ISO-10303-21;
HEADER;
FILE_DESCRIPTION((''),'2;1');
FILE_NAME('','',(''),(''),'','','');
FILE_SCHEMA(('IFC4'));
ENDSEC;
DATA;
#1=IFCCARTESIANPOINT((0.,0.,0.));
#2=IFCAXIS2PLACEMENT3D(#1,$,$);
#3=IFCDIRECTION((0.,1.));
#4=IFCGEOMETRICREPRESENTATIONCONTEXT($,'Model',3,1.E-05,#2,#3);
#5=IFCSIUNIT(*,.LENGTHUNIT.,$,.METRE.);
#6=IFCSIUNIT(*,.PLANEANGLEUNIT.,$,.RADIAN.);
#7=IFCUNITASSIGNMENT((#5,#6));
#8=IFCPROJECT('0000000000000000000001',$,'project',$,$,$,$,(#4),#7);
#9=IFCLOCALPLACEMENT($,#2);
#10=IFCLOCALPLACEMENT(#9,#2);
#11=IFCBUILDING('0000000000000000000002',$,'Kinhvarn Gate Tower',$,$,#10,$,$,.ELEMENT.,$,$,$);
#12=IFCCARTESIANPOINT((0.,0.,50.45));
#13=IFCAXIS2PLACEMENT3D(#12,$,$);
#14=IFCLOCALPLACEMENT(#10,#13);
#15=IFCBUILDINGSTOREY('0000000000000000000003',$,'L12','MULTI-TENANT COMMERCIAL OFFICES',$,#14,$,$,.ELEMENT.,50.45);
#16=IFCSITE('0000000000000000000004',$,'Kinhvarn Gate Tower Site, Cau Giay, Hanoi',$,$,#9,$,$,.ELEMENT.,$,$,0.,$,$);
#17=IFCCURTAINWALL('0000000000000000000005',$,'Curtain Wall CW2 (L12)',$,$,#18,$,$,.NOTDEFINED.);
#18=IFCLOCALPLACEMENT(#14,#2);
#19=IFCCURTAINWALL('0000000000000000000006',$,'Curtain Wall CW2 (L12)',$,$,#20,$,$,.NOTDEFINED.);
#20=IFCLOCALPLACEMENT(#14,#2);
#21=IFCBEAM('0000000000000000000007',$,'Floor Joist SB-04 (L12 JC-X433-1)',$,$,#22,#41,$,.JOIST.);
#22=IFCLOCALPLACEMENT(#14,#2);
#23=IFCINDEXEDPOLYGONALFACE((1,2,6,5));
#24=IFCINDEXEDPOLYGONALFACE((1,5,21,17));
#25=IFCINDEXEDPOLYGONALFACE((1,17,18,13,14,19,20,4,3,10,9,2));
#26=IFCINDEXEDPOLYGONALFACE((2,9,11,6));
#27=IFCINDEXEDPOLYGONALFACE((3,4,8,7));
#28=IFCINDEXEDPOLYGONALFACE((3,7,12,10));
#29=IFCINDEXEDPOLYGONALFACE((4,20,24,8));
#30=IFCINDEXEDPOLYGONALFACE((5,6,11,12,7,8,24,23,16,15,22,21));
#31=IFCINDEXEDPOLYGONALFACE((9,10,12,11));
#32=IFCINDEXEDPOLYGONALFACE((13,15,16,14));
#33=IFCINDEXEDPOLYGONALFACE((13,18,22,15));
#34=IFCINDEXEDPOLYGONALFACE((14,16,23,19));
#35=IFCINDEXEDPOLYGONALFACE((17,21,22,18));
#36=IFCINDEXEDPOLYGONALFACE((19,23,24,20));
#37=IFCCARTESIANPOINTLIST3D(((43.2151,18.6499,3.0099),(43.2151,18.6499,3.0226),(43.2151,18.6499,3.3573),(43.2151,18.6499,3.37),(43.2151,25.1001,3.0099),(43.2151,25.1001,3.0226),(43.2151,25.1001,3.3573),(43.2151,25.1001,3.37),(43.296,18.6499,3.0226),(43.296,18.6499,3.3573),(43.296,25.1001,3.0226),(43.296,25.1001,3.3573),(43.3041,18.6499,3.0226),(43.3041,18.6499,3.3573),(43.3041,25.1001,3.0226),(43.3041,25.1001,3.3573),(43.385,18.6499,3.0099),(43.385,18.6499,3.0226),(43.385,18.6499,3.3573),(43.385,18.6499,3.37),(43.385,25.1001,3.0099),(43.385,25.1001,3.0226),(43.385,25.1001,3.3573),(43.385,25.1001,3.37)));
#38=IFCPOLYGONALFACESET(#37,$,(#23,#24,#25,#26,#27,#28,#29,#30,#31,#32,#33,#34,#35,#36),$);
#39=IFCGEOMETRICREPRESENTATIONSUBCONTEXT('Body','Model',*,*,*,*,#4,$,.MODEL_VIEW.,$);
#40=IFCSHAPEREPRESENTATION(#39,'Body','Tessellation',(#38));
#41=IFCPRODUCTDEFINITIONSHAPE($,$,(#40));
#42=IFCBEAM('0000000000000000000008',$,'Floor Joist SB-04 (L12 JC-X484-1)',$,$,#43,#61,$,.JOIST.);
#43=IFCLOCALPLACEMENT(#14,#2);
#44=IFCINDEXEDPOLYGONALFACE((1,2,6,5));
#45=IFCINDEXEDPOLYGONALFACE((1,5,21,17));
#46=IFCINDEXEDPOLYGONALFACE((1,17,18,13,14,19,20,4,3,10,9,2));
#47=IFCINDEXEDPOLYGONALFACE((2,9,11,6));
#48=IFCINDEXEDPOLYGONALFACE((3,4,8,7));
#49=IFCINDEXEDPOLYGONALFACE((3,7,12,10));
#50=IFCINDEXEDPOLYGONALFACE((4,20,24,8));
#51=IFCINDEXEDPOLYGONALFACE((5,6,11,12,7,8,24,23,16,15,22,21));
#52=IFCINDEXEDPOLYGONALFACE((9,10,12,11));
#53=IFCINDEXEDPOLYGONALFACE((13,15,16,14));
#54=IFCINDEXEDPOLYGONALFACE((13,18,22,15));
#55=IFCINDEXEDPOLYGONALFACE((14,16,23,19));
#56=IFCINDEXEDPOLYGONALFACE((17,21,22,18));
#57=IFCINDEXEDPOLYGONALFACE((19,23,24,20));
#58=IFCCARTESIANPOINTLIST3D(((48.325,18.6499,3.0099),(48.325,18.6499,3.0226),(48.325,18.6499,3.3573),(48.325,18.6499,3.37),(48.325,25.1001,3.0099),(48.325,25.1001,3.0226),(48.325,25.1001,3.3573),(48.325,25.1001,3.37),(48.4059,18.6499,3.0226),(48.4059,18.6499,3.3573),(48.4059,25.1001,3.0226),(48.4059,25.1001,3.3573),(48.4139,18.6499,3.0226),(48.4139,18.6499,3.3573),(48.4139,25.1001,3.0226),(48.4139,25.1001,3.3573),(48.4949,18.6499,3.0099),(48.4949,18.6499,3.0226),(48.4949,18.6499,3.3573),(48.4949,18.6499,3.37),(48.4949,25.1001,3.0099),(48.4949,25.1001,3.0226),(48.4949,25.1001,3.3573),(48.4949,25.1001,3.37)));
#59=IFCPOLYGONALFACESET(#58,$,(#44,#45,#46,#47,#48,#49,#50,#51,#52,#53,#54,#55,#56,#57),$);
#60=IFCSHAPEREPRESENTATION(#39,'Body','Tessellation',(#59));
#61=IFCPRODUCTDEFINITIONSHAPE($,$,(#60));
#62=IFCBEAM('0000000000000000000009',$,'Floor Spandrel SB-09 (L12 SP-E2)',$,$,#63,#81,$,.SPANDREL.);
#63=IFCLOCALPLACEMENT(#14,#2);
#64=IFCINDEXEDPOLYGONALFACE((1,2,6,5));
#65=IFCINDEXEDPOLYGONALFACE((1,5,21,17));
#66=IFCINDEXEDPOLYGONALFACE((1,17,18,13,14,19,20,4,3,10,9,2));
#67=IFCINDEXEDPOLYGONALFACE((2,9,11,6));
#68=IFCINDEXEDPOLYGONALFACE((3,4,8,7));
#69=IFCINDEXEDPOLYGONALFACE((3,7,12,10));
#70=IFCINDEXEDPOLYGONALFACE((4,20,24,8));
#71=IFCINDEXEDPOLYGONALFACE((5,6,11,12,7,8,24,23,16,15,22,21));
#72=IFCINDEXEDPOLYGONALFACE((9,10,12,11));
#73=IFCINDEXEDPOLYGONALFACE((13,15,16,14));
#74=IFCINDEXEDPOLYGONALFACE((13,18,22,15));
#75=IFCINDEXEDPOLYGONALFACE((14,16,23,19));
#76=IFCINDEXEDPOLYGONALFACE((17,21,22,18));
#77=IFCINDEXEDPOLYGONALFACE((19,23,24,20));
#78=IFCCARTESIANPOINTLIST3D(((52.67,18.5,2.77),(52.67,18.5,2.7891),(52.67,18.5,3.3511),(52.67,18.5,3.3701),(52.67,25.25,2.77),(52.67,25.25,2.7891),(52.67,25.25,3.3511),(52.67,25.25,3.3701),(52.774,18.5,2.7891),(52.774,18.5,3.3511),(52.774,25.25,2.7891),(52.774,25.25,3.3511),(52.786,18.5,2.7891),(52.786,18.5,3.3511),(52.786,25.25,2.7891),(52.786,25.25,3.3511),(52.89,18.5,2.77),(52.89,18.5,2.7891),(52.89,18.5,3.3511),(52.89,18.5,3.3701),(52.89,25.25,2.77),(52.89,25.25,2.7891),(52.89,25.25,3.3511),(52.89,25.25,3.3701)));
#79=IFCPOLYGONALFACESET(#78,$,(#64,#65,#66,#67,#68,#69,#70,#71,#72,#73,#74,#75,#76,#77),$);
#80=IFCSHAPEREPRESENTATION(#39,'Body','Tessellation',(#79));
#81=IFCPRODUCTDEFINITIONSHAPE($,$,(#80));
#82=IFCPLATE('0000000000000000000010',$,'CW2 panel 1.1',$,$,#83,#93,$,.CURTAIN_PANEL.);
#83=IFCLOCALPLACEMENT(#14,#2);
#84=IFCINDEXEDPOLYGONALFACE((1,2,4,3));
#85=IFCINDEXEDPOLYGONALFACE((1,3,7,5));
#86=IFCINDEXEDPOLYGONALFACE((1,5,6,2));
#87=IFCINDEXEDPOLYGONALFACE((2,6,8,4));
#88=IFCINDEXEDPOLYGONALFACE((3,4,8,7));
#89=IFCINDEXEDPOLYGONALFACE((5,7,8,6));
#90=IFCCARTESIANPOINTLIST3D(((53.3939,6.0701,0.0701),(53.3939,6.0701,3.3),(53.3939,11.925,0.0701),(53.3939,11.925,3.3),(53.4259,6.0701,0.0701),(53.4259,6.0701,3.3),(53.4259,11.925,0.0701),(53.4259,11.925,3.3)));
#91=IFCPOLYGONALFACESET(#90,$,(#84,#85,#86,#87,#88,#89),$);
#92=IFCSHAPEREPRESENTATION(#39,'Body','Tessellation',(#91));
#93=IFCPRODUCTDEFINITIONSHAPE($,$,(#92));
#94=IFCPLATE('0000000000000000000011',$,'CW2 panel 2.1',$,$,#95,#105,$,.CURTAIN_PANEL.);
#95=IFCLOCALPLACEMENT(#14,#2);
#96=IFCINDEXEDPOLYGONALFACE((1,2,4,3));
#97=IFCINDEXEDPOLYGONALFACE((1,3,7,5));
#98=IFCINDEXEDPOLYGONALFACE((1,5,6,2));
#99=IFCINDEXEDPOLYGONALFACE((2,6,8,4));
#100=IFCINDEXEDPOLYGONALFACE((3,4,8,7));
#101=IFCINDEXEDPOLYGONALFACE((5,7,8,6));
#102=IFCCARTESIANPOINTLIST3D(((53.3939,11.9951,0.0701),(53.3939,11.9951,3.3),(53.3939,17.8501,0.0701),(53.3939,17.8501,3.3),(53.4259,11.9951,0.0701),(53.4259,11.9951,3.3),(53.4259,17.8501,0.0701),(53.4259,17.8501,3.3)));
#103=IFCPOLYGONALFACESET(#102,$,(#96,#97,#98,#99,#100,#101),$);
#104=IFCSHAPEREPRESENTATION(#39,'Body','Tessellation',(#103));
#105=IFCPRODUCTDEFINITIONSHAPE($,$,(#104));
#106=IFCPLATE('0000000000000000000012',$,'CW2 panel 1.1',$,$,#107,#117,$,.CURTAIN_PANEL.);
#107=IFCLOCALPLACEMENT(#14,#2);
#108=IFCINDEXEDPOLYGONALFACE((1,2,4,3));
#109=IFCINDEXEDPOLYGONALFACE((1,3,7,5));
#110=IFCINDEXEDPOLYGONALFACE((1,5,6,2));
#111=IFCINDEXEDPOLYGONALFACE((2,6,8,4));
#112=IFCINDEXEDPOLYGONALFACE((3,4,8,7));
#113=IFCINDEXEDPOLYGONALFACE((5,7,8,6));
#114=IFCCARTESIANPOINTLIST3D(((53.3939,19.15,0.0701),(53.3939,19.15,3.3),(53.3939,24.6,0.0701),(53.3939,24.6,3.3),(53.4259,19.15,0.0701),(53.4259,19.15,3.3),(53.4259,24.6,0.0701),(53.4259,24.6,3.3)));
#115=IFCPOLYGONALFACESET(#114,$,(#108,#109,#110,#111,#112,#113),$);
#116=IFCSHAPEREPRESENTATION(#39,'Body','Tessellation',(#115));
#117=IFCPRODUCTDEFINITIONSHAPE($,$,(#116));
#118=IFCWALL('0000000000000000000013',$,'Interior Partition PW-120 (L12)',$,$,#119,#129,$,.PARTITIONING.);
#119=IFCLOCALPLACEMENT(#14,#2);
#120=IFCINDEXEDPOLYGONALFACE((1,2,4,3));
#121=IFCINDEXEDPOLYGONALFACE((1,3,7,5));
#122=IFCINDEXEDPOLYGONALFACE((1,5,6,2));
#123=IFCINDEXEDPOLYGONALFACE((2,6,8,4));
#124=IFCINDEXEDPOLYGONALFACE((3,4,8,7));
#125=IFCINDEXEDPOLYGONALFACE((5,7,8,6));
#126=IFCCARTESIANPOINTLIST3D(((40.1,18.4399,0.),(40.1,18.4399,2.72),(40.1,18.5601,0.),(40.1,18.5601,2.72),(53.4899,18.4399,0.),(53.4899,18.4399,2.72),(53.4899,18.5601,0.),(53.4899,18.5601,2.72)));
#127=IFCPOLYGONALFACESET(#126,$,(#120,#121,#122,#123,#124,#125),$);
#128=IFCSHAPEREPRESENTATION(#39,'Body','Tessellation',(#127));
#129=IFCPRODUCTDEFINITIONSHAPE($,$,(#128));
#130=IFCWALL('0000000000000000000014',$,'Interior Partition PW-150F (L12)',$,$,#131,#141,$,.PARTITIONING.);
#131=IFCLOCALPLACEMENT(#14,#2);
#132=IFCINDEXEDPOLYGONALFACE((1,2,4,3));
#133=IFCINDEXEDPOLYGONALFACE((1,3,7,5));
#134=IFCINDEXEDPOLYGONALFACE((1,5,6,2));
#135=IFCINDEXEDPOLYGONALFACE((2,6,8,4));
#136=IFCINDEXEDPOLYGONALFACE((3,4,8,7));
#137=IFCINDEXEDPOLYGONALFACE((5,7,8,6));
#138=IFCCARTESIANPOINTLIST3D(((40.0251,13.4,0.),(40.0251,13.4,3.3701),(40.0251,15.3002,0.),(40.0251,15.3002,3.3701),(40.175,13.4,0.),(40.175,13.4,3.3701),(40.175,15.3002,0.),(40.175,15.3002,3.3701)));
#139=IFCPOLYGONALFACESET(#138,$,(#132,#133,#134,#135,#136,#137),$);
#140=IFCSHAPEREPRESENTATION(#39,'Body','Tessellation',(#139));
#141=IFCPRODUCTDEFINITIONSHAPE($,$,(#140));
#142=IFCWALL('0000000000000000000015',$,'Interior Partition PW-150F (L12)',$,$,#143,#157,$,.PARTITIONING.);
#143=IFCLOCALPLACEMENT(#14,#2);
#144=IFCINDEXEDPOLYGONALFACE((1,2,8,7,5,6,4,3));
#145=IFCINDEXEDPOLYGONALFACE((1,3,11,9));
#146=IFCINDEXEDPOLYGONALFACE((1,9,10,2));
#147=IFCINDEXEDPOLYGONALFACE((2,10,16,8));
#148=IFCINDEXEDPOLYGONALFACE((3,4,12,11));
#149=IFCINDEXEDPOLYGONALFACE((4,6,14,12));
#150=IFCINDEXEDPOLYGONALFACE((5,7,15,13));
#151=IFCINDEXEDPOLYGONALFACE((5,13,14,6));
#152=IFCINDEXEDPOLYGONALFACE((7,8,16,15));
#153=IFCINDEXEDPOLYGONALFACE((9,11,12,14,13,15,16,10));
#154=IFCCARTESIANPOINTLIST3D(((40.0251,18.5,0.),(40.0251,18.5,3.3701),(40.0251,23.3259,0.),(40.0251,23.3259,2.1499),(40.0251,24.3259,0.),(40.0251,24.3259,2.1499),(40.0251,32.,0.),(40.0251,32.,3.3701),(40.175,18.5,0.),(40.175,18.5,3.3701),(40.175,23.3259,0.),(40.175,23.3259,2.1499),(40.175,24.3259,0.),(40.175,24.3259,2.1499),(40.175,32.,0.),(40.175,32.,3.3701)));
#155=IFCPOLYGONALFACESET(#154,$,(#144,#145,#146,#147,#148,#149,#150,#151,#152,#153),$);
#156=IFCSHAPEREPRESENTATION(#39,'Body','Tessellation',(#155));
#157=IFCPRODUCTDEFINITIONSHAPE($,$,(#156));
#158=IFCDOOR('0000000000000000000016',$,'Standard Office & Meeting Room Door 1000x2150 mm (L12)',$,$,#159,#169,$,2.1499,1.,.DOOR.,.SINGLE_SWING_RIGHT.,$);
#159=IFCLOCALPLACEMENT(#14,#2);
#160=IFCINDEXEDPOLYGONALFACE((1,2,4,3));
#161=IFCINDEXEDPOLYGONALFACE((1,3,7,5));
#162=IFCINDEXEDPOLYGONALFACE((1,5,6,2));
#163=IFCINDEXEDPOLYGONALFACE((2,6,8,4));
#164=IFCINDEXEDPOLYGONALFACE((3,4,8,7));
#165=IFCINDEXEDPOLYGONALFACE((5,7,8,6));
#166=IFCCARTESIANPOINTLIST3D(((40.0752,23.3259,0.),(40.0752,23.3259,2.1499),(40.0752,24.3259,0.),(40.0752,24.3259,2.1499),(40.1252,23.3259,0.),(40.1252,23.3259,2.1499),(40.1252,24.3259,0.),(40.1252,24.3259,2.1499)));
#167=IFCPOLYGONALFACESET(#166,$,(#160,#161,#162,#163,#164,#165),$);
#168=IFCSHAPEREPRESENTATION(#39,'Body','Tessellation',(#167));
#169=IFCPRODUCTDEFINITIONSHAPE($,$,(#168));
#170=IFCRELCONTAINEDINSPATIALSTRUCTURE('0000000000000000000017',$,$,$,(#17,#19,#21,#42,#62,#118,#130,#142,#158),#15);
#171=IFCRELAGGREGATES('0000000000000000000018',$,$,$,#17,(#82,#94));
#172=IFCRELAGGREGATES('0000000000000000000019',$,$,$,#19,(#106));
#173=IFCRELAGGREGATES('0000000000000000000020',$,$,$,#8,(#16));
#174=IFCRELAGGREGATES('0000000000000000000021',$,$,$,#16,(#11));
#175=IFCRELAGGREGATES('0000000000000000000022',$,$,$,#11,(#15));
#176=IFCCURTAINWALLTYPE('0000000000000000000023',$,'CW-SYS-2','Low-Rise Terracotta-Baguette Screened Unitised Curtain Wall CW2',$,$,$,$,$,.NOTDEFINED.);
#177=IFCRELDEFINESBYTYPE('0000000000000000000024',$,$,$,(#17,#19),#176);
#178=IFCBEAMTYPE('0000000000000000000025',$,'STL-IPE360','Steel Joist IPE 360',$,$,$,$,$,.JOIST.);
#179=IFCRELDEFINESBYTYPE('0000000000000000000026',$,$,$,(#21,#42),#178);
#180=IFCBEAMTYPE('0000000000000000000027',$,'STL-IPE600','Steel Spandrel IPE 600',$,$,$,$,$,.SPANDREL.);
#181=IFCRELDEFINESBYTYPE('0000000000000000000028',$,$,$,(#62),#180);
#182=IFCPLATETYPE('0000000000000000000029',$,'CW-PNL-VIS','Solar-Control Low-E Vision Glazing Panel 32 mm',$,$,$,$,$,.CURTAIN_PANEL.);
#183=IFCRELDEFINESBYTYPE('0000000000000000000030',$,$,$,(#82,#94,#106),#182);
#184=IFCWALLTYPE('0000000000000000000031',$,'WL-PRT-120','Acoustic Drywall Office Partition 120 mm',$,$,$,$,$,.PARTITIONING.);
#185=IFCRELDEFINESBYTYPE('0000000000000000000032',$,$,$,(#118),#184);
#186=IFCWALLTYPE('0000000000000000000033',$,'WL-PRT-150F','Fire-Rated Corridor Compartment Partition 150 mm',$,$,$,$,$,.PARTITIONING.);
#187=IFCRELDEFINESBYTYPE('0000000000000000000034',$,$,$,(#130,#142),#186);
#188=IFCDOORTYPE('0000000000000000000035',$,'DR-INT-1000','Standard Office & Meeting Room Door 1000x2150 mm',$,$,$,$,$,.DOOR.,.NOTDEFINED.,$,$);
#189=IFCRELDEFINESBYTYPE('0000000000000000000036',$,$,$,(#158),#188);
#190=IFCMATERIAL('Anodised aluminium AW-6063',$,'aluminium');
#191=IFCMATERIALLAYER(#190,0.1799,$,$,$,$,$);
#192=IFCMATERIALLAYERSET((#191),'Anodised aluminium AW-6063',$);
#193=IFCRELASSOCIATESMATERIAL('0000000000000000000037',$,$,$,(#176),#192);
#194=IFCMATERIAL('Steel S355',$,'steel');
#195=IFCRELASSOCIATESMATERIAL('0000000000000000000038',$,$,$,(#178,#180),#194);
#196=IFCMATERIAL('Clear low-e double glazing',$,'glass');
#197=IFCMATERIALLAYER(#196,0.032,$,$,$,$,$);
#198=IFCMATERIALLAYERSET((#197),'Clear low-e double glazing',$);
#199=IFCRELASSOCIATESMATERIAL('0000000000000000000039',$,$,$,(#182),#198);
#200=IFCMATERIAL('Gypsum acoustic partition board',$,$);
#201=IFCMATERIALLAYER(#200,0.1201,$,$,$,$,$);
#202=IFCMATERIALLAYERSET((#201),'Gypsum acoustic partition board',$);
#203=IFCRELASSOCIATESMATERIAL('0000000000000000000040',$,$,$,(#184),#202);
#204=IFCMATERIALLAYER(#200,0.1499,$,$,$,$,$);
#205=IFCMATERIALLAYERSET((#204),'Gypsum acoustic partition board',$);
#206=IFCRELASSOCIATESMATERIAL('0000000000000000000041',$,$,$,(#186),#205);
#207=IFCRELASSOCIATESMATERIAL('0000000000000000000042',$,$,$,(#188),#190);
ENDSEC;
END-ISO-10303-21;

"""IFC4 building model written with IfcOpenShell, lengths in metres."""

from ifc_helpers import new_model, si_unit, direction, frame, frame_2d, origin, origin_2d, place, context, subcontext, project, spatial, rectangle, i_section, extrude, material, layer, layer_set, material_profile, profile_set, type_object, element, fill, aggregate, save


model = new_model("IFC4")

# Units and contexts
model_context = context("Model", 3, precision=1e-05, world=origin(), true_north=direction((0.0, 1.0)))
body_context = subcontext(model_context, "Body", "Model", "MODEL_VIEW")
ifc_project = project(units=[si_unit("LENGTHUNIT", "METRE"), si_unit("PLANEANGLEUNIT", "RADIAN")], contexts=[model_context])

# Site, building, storey
site_placement = place(None, origin())
site = spatial("IfcSite", under=ifc_project, at=site_placement, Name="Kinhvarn Gate Tower Site, Cau Giay, Hanoi", CompositionType="ELEMENT", RefElevation=0.0)
building_placement = place(site_placement, origin())
building = spatial("IfcBuilding", under=site, at=building_placement, Name="Kinhvarn Gate Tower", CompositionType="ELEMENT")
storey_placement = place(building_placement, frame((0.0, 0.0, 50.45)))
storey = spatial("IfcBuildingStorey", under=building, at=storey_placement, Name="L12", Description="MULTI-TENANT COMMERCIAL OFFICES", CompositionType="ELEMENT", Elevation=50.45)

# Curtain wall
ifc_material_1 = material(Name="Anodised aluminium AW-6063", Category="aluminium")
ifc_layer_1 = layer(ifc_material_1, 0.1799)
ifc_layer_set_1 = layer_set([ifc_layer_1], Name="Anodised aluminium AW-6063")
curtain_wall_type = type_object("IfcCurtainWallType", Name="CW-SYS-2", Description="Low-Rise Terracotta-Baguette Screened Unitised Curtain Wall CW2", PredefinedType="NOTDEFINED", material=ifc_layer_set_1)
curtain_wall_1_placement = place(storey_placement, origin())
curtain_wall_1 = element("IfcCurtainWall", 1, at=curtain_wall_1_placement, inside=storey, type_object=curtain_wall_type, Name="Curtain Wall CW2 (L12)", PredefinedType="NOTDEFINED")

# Curtain wall
curtain_wall_2_placement = place(storey_placement, origin())
curtain_wall_2 = element("IfcCurtainWall", 2, at=curtain_wall_2_placement, inside=storey, type_object=curtain_wall_type, Name="Curtain Wall CW2 (L12)", PredefinedType="NOTDEFINED")

# Beams
ifc_material_2 = material(Name="Steel S355", Category="steel")
ifc_material_profile_1 = material_profile(ifc_material_2, i_section(OverallWidth=0.1699, OverallDepth=0.3601, WebThickness=0.0081, FlangeThickness=0.0127, at=origin_2d()), Name="IPE 360")
ifc_profile_set_1 = profile_set([ifc_material_profile_1], Name="Steel S355")
beam_type_1 = type_object("IfcBeamType", Name="STL-IPE360", Description="Steel Joist IPE 360", PredefinedType="JOIST", material=ifc_profile_set_1)
for number, where, z_axis, x_axis, name in (
    (3, (43.3, 18.6499, 3.1899), (0.0, 1.0, 0.0), (-1.0, 0.0, 0.0), "Floor Joist SB-04 (L12 JC-X433-1)"),
    (4, (48.4099, 18.6499, 3.1899), (0.0, 1.0, 0.0), (-1.0, 0.0, 0.0), "Floor Joist SB-04 (L12 JC-X484-1)"),
):
    element("IfcBeam", number, at=place(storey_placement, frame(where, z_axis=z_axis, x_axis=x_axis)), inside=storey, type_object=beam_type_1, Name=name, PredefinedType="JOIST", context=body_context, shape_type="SweptSolid", body=[
        extrude(i_section(OverallWidth=0.1699, OverallDepth=0.3601, WebThickness=0.0081, FlangeThickness=0.0127, at=origin_2d()), origin(), (0.0, 0.0, 1.0), 6.4502),
    ])
ifc_material_profile_2 = material_profile(ifc_material_2, i_section(OverallWidth=0.22, OverallDepth=0.6001, WebThickness=0.012, FlangeThickness=0.019, at=origin_2d()), Name="IPE 600")
ifc_profile_set_2 = profile_set([ifc_material_profile_2], Name="Steel S355")
beam_type_2 = type_object("IfcBeamType", Name="STL-IPE600", Description="Steel Spandrel IPE 600", PredefinedType="SPANDREL", material=ifc_profile_set_2)
beam_1_placement = place(storey_placement, frame((52.78, 18.5, 3.0701), z_axis=(0.0, 1.0, 0.0), x_axis=(-1.0, 0.0, 0.0)))
element("IfcBeam", 5, at=beam_1_placement, inside=storey, type_object=beam_type_2, Name="Floor Spandrel SB-09 (L12 SP-E2)", PredefinedType="SPANDREL", context=body_context, shape_type="SweptSolid", body=[
    extrude(i_section(OverallWidth=0.22, OverallDepth=0.6001, WebThickness=0.012, FlangeThickness=0.019, at=origin_2d()), origin(), (0.0, 0.0, 1.0), 6.75),
])

# Plates
ifc_material_3 = material(Name="Clear low-e double glazing", Category="glass")
ifc_layer_2 = layer(ifc_material_3, 0.032)
ifc_layer_set_2 = layer_set([ifc_layer_2], Name="Clear low-e double glazing")
plate_type = type_object("IfcPlateType", Name="CW-PNL-VIS", Description="Solar-Control Low-E Vision Glazing Panel 32 mm", PredefinedType="CURTAIN_PANEL", material=ifc_layer_set_2)
plate_1_placement = place(storey_placement, frame((53.4099, 8.9976, 0.0701), z_axis=(0.0, 0.0, 1.0), x_axis=(0.0, 1.0, 0.0)))
plate_1 = element("IfcPlate", 6, at=plate_1_placement, type_object=plate_type, Name="CW2 panel 1.1", PredefinedType="CURTAIN_PANEL", context=body_context, shape_type="SweptSolid", body=[
    extrude(rectangle(XDim=5.855, YDim=0.032, at=origin_2d()), origin(), (0.0, 0.0, 1.0), 3.23),
])
plate_2_placement = place(storey_placement, frame((53.4099, 14.9226, 0.0701), z_axis=(0.0, 0.0, 1.0), x_axis=(0.0, 1.0, 0.0)))
plate_2 = element("IfcPlate", 7, at=plate_2_placement, type_object=plate_type, Name="CW2 panel 2.1", PredefinedType="CURTAIN_PANEL", context=body_context, shape_type="SweptSolid", body=[
    extrude(rectangle(XDim=5.855, YDim=0.032, at=origin_2d()), origin(), (0.0, 0.0, 1.0), 3.23),
])
aggregate(curtain_wall_1, [plate_1, plate_2])
plate_3_placement = place(storey_placement, frame((53.4099, 21.875, 0.0701), z_axis=(0.0, 0.0, 1.0), x_axis=(0.0, 1.0, 0.0)))
plate_3 = element("IfcPlate", 8, at=plate_3_placement, type_object=plate_type, Name="CW2 panel 1.1", PredefinedType="CURTAIN_PANEL", context=body_context, shape_type="SweptSolid", body=[
    extrude(rectangle(XDim=5.45, YDim=0.032, at=origin_2d()), origin(), (0.0, 0.0, 1.0), 3.23),
])
aggregate(curtain_wall_2, [plate_3])

# Walls
ifc_material_4 = material(Name="Gypsum acoustic partition board")
ifc_layer_3 = layer(ifc_material_4, 0.1201)
ifc_layer_set_3 = layer_set([ifc_layer_3], Name="Gypsum acoustic partition board")
wall_type_1 = type_object("IfcWallType", Name="WL-PRT-120", Description="Acoustic Drywall Office Partition 120 mm", PredefinedType="PARTITIONING", material=ifc_layer_set_3)
wall_1_placement = place(storey_placement, frame((40.1001, 18.5, 0.0), z_axis=(0.0, 0.0, 1.0), x_axis=(1.0, 0.0, 0.0)))
element("IfcWall", 9, at=wall_1_placement, inside=storey, type_object=wall_type_1, Name="Interior Partition PW-120 (L12)", PredefinedType="PARTITIONING", context=body_context, shape_type="SweptSolid", body=[
    extrude(rectangle(XDim=13.3899, YDim=0.1201, at=frame_2d((6.6948, 0.0))), origin(), (0.0, 0.0, 1.0), 2.72),
])
ifc_layer_4 = layer(ifc_material_4, 0.1499)
ifc_layer_set_4 = layer_set([ifc_layer_4], Name="Gypsum acoustic partition board")
wall_type_2 = type_object("IfcWallType", Name="WL-PRT-150F", Description="Fire-Rated Corridor Compartment Partition 150 mm", PredefinedType="PARTITIONING", material=ifc_layer_set_4)
wall_2_placement = place(storey_placement, frame((40.1001, 13.3999, 0.0), z_axis=(0.0, 0.0, 1.0), x_axis=(0.0, 1.0, 0.0)))
element("IfcWall", 10, at=wall_2_placement, inside=storey, type_object=wall_type_2, Name="Interior Partition PW-150F (L12)", PredefinedType="PARTITIONING", context=body_context, shape_type="SweptSolid", body=[
    extrude(rectangle(XDim=1.9001, YDim=0.1499, at=frame_2d((0.9502, 0.0))), origin(), (0.0, 0.0, 1.0), 3.3701),
])

# Wall, opening, door
door_type = type_object("IfcDoorType", Name="DR-INT-1000", Description="Standard Office & Meeting Room Door 1000x2150 mm", OperationType="NOTDEFINED", PredefinedType="DOOR", material=ifc_material_1)
wall_3_placement = place(storey_placement, frame((40.1001, 18.5, 0.0), z_axis=(0.0, 0.0, 1.0), x_axis=(0.0, 1.0, 0.0)))
wall_3 = element("IfcWall", 11, at=wall_3_placement, inside=storey, type_object=wall_type_2, Name="Interior Partition PW-150F (L12)", PredefinedType="PARTITIONING", context=body_context, shape_type="SweptSolid", body=[
    extrude(rectangle(XDim=13.5, YDim=0.1499, at=frame_2d((6.75, 0.0))), origin(), (0.0, 0.0, 1.0), 3.3701),
])
opening_1_placement = place(wall_3_placement, frame((4.8259, 0.0, 0.0)))
opening_1 = element("IfcOpeningElement", 12, at=opening_1_placement, cuts=wall_3, PredefinedType="OPENING", context=body_context, shape_type="SweptSolid", body=[
    extrude(rectangle(XDim=1.0, YDim=2.1499, at=frame_2d((0.5, 1.075))), frame((0.0, 0.085, 0.0), z_axis=(0.0, -1.0, 0.0), x_axis=(1.0, 0.0, 0.0)), (0.0, 0.0, 1.0), 0.1699),
])
door_1_placement = place(opening_1_placement, origin())
door_1 = element("IfcDoor", 13, at=door_1_placement, inside=storey, type_object=door_type, Name="Standard Office & Meeting Room Door 1000x2150 mm (L12)", OperationType="SINGLE_SWING_RIGHT", OverallHeight=2.1499, OverallWidth=1.0, PredefinedType="DOOR", context=body_context, shape_type="SweptSolid", body=[
    extrude(rectangle(XDim=1.0, YDim=2.1499, at=frame_2d((0.5, 1.075))), frame((0.0, 0.0249, 0.0), z_axis=(0.0, -1.0, 0.0), x_axis=(1.0, 0.0, 0.0)), (0.0, 0.0, 1.0), 0.05),
])
fill(opening_1, door_1)

save(model, "model.ifc")
